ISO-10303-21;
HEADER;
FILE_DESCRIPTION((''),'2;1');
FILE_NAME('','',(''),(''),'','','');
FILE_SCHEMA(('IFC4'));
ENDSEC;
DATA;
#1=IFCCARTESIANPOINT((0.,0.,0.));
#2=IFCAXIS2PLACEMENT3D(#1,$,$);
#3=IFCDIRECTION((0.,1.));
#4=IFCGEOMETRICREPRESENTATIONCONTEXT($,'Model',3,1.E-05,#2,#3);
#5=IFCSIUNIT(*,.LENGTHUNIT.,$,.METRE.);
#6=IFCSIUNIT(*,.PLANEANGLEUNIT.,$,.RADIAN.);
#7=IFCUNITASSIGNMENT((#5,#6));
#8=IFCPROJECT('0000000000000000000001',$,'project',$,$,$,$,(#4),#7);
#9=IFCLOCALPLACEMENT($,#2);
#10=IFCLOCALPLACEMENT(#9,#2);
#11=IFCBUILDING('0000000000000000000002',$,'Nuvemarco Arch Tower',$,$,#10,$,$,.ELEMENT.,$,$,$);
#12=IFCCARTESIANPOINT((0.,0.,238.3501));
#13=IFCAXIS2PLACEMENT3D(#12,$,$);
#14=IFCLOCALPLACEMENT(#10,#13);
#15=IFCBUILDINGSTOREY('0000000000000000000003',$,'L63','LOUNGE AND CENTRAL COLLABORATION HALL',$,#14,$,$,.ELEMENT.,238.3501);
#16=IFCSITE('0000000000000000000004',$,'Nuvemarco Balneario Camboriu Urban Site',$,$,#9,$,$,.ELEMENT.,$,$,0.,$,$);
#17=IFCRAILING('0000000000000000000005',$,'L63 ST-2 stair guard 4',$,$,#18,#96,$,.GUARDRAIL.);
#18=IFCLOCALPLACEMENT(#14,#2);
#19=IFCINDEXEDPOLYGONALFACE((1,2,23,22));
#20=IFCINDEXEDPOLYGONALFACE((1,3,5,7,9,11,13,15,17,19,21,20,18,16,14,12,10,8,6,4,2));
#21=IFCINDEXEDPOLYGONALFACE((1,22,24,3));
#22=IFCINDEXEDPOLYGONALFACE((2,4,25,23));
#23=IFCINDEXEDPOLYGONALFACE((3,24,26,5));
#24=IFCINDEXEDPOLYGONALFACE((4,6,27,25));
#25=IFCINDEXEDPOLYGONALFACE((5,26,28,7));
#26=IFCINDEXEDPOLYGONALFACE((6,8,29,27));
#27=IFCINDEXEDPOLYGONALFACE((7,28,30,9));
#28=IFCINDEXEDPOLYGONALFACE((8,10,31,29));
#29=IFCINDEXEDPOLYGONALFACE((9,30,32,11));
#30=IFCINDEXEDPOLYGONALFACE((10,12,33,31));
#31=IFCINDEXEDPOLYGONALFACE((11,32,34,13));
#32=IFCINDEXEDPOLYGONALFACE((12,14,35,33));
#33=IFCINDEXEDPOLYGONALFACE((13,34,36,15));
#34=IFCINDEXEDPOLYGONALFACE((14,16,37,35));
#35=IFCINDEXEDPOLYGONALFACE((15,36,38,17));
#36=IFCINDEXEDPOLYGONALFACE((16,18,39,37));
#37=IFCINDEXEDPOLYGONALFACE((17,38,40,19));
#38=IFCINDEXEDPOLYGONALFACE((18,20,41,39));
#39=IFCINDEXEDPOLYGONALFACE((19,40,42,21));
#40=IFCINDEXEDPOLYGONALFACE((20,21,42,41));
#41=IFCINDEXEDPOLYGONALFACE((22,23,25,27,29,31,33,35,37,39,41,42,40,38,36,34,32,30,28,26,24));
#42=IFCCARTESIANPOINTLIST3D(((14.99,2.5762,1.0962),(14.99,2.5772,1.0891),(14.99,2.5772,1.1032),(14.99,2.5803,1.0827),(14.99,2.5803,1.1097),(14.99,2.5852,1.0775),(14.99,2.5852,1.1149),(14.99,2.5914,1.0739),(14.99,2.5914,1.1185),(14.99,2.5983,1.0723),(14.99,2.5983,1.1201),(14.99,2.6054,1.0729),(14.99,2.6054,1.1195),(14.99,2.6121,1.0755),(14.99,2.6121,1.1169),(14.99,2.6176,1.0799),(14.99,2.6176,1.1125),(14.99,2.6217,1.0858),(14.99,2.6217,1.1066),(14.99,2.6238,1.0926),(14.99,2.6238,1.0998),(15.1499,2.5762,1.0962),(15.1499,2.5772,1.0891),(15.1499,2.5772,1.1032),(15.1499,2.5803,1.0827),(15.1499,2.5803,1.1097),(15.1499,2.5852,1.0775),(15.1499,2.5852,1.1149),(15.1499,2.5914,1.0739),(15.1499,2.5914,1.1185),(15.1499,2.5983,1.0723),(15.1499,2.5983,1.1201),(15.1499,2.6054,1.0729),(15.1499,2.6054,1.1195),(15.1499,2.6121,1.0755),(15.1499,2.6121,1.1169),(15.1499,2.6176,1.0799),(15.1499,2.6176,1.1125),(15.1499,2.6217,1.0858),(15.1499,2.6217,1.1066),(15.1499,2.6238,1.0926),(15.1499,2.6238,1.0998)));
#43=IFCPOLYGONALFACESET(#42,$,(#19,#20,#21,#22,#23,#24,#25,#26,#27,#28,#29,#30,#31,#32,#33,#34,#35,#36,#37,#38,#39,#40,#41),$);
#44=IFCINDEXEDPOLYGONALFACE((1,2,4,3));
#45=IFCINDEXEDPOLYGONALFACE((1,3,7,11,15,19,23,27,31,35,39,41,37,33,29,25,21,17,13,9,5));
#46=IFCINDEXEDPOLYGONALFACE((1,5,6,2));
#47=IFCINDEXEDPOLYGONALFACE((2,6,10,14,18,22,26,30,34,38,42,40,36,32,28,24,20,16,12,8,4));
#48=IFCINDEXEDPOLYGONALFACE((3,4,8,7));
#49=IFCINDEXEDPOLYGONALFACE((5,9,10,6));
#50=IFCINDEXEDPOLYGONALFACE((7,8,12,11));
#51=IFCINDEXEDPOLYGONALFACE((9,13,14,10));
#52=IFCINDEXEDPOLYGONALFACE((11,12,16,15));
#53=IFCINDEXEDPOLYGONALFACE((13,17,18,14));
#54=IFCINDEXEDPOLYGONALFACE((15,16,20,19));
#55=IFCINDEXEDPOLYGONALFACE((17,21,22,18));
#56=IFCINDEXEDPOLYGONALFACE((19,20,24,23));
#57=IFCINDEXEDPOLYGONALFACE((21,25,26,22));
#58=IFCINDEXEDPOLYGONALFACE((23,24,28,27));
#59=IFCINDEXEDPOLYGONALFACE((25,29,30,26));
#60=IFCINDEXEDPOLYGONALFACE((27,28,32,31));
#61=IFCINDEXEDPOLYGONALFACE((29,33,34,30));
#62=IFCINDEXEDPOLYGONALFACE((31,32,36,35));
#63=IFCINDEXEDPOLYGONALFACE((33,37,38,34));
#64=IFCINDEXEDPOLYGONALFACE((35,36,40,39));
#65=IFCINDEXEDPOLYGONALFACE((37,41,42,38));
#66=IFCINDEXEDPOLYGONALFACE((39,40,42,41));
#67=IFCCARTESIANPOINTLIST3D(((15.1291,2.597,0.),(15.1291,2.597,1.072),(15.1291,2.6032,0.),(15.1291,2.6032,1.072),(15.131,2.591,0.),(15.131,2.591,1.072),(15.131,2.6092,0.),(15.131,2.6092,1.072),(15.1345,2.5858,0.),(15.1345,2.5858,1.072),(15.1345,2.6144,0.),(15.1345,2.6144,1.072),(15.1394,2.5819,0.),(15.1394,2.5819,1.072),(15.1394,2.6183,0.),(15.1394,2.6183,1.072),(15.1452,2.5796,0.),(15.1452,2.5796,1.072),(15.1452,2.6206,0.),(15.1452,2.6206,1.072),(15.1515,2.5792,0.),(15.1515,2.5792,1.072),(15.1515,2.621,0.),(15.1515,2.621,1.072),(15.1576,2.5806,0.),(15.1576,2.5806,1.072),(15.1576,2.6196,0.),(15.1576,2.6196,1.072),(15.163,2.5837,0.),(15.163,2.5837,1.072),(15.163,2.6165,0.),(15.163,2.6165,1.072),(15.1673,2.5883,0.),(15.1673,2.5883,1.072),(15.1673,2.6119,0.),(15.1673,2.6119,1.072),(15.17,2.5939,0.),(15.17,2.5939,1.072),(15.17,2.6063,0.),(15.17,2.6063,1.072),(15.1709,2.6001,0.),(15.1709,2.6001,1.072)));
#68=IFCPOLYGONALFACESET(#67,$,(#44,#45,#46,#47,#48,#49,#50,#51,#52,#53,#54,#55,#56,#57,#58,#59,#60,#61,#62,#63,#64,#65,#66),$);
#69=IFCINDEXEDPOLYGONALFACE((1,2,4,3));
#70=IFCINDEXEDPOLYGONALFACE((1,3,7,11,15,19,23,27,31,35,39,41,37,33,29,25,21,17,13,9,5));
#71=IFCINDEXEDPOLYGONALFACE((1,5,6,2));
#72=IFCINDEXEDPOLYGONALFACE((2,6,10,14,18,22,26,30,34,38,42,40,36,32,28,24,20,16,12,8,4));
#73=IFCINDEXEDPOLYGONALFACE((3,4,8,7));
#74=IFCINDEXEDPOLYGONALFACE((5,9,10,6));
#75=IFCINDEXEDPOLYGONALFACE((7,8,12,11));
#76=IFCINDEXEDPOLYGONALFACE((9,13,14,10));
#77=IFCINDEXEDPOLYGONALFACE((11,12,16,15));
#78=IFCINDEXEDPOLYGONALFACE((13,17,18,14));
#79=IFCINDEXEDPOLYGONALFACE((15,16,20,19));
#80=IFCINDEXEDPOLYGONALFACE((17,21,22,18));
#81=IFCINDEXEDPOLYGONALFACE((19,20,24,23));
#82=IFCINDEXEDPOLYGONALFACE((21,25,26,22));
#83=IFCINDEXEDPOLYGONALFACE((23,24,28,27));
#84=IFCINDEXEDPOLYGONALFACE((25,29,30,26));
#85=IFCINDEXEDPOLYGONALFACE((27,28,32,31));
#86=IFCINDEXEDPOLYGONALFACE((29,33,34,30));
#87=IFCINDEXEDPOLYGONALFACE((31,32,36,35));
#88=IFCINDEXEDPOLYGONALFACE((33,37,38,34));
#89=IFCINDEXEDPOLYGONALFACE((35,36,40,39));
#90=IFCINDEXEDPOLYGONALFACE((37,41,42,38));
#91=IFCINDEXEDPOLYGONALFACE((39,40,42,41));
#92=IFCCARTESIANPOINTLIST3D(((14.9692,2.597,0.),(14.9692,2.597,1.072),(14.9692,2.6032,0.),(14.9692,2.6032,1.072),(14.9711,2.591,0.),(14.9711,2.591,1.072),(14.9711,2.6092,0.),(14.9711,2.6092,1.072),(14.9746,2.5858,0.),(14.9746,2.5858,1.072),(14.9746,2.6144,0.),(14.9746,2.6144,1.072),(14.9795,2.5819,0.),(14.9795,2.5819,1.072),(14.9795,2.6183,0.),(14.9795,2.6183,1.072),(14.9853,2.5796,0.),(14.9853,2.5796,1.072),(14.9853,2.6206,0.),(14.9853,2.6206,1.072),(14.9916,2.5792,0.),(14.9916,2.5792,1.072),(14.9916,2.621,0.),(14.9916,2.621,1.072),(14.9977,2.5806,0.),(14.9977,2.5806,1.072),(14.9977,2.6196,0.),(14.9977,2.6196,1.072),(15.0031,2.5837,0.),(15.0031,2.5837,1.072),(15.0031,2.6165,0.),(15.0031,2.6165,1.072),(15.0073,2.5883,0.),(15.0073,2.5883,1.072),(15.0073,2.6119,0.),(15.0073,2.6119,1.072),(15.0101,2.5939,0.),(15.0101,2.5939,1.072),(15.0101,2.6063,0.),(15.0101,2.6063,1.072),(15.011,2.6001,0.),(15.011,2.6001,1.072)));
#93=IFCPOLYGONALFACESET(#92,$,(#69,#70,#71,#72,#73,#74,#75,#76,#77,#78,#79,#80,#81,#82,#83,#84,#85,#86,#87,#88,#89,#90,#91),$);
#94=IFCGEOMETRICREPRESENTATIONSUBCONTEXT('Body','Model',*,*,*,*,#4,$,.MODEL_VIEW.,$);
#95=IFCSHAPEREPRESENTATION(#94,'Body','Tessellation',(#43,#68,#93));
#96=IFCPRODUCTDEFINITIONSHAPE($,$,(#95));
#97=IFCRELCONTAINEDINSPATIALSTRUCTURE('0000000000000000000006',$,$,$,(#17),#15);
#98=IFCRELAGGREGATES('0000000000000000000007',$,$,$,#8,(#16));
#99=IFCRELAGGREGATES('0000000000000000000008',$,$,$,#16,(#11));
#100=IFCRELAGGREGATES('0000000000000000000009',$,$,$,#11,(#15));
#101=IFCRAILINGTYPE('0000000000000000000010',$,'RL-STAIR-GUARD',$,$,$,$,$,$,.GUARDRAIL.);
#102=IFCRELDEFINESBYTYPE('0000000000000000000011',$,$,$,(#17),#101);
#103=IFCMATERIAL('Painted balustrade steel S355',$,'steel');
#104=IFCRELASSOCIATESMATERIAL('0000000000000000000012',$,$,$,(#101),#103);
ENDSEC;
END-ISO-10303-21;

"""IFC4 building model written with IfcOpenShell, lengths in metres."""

from ifc_helpers import new_model, si_unit, direction, frame, origin, origin_2d, place, context, subcontext, project, spatial, circle, extrude, material, type_object, element, save


model = new_model("IFC4")

# Units and contexts
model_context = context("Model", 3, precision=1e-05, world=origin(), true_north=direction((0.0, 1.0)))
body_context = subcontext(model_context, "Body", "Model", "MODEL_VIEW")
ifc_project = project(units=[si_unit("LENGTHUNIT", "METRE"), si_unit("PLANEANGLEUNIT", "RADIAN")], contexts=[model_context])

# Site, building, storey
site_placement = place(None, origin())
site = spatial("IfcSite", under=ifc_project, at=site_placement, Name="Nuvemarco Balneario Camboriu Urban Site", CompositionType="ELEMENT", RefElevation=0.0)
building_placement = place(site_placement, origin())
building = spatial("IfcBuilding", under=site, at=building_placement, Name="Nuvemarco Arch Tower", CompositionType="ELEMENT")
storey_placement = place(building_placement, frame((0.0, 0.0, 238.3501)))
storey = spatial("IfcBuildingStorey", under=building, at=storey_placement, Name="L63", Description="LOUNGE AND CENTRAL COLLABORATION HALL", CompositionType="ELEMENT", Elevation=238.3501)

# Railing
ifc_material_1 = material(Name="Painted balustrade steel S355", Category="steel")
railing_type_1 = type_object("IfcRailingType", Name="RL-STAIR-GUARD", PredefinedType="GUARDRAIL", material=ifc_material_1)
railing_1_placement = place(storey_placement, frame((15.1499, 2.6001, 0.0)))
element("IfcRailing", 1, at=railing_1_placement, inside=storey, type_object=railing_type_1, Name="L63 ST-2 stair guard 4", PredefinedType="GUARDRAIL", context=body_context, shape_type="SweptSolid", body=[
    extrude(circle(Radius=0.0239, at=origin_2d()), frame((0.0, 0.0, 1.0962), z_axis=(-1.0, 0.0, 0.0), x_axis=(0.0, -1.0, 0.0)), (0.0, 0.0, 1.0), 0.1599),
    extrude(circle(Radius=0.021, at=origin_2d()), origin(), (0.0, 0.0, 1.0), 1.072),
    extrude(circle(Radius=0.021, at=origin_2d()), frame((-0.1599, 0.0, 0.0)), (0.0, 0.0, 1.0), 1.072),
])

save(model, "model.ifc")
